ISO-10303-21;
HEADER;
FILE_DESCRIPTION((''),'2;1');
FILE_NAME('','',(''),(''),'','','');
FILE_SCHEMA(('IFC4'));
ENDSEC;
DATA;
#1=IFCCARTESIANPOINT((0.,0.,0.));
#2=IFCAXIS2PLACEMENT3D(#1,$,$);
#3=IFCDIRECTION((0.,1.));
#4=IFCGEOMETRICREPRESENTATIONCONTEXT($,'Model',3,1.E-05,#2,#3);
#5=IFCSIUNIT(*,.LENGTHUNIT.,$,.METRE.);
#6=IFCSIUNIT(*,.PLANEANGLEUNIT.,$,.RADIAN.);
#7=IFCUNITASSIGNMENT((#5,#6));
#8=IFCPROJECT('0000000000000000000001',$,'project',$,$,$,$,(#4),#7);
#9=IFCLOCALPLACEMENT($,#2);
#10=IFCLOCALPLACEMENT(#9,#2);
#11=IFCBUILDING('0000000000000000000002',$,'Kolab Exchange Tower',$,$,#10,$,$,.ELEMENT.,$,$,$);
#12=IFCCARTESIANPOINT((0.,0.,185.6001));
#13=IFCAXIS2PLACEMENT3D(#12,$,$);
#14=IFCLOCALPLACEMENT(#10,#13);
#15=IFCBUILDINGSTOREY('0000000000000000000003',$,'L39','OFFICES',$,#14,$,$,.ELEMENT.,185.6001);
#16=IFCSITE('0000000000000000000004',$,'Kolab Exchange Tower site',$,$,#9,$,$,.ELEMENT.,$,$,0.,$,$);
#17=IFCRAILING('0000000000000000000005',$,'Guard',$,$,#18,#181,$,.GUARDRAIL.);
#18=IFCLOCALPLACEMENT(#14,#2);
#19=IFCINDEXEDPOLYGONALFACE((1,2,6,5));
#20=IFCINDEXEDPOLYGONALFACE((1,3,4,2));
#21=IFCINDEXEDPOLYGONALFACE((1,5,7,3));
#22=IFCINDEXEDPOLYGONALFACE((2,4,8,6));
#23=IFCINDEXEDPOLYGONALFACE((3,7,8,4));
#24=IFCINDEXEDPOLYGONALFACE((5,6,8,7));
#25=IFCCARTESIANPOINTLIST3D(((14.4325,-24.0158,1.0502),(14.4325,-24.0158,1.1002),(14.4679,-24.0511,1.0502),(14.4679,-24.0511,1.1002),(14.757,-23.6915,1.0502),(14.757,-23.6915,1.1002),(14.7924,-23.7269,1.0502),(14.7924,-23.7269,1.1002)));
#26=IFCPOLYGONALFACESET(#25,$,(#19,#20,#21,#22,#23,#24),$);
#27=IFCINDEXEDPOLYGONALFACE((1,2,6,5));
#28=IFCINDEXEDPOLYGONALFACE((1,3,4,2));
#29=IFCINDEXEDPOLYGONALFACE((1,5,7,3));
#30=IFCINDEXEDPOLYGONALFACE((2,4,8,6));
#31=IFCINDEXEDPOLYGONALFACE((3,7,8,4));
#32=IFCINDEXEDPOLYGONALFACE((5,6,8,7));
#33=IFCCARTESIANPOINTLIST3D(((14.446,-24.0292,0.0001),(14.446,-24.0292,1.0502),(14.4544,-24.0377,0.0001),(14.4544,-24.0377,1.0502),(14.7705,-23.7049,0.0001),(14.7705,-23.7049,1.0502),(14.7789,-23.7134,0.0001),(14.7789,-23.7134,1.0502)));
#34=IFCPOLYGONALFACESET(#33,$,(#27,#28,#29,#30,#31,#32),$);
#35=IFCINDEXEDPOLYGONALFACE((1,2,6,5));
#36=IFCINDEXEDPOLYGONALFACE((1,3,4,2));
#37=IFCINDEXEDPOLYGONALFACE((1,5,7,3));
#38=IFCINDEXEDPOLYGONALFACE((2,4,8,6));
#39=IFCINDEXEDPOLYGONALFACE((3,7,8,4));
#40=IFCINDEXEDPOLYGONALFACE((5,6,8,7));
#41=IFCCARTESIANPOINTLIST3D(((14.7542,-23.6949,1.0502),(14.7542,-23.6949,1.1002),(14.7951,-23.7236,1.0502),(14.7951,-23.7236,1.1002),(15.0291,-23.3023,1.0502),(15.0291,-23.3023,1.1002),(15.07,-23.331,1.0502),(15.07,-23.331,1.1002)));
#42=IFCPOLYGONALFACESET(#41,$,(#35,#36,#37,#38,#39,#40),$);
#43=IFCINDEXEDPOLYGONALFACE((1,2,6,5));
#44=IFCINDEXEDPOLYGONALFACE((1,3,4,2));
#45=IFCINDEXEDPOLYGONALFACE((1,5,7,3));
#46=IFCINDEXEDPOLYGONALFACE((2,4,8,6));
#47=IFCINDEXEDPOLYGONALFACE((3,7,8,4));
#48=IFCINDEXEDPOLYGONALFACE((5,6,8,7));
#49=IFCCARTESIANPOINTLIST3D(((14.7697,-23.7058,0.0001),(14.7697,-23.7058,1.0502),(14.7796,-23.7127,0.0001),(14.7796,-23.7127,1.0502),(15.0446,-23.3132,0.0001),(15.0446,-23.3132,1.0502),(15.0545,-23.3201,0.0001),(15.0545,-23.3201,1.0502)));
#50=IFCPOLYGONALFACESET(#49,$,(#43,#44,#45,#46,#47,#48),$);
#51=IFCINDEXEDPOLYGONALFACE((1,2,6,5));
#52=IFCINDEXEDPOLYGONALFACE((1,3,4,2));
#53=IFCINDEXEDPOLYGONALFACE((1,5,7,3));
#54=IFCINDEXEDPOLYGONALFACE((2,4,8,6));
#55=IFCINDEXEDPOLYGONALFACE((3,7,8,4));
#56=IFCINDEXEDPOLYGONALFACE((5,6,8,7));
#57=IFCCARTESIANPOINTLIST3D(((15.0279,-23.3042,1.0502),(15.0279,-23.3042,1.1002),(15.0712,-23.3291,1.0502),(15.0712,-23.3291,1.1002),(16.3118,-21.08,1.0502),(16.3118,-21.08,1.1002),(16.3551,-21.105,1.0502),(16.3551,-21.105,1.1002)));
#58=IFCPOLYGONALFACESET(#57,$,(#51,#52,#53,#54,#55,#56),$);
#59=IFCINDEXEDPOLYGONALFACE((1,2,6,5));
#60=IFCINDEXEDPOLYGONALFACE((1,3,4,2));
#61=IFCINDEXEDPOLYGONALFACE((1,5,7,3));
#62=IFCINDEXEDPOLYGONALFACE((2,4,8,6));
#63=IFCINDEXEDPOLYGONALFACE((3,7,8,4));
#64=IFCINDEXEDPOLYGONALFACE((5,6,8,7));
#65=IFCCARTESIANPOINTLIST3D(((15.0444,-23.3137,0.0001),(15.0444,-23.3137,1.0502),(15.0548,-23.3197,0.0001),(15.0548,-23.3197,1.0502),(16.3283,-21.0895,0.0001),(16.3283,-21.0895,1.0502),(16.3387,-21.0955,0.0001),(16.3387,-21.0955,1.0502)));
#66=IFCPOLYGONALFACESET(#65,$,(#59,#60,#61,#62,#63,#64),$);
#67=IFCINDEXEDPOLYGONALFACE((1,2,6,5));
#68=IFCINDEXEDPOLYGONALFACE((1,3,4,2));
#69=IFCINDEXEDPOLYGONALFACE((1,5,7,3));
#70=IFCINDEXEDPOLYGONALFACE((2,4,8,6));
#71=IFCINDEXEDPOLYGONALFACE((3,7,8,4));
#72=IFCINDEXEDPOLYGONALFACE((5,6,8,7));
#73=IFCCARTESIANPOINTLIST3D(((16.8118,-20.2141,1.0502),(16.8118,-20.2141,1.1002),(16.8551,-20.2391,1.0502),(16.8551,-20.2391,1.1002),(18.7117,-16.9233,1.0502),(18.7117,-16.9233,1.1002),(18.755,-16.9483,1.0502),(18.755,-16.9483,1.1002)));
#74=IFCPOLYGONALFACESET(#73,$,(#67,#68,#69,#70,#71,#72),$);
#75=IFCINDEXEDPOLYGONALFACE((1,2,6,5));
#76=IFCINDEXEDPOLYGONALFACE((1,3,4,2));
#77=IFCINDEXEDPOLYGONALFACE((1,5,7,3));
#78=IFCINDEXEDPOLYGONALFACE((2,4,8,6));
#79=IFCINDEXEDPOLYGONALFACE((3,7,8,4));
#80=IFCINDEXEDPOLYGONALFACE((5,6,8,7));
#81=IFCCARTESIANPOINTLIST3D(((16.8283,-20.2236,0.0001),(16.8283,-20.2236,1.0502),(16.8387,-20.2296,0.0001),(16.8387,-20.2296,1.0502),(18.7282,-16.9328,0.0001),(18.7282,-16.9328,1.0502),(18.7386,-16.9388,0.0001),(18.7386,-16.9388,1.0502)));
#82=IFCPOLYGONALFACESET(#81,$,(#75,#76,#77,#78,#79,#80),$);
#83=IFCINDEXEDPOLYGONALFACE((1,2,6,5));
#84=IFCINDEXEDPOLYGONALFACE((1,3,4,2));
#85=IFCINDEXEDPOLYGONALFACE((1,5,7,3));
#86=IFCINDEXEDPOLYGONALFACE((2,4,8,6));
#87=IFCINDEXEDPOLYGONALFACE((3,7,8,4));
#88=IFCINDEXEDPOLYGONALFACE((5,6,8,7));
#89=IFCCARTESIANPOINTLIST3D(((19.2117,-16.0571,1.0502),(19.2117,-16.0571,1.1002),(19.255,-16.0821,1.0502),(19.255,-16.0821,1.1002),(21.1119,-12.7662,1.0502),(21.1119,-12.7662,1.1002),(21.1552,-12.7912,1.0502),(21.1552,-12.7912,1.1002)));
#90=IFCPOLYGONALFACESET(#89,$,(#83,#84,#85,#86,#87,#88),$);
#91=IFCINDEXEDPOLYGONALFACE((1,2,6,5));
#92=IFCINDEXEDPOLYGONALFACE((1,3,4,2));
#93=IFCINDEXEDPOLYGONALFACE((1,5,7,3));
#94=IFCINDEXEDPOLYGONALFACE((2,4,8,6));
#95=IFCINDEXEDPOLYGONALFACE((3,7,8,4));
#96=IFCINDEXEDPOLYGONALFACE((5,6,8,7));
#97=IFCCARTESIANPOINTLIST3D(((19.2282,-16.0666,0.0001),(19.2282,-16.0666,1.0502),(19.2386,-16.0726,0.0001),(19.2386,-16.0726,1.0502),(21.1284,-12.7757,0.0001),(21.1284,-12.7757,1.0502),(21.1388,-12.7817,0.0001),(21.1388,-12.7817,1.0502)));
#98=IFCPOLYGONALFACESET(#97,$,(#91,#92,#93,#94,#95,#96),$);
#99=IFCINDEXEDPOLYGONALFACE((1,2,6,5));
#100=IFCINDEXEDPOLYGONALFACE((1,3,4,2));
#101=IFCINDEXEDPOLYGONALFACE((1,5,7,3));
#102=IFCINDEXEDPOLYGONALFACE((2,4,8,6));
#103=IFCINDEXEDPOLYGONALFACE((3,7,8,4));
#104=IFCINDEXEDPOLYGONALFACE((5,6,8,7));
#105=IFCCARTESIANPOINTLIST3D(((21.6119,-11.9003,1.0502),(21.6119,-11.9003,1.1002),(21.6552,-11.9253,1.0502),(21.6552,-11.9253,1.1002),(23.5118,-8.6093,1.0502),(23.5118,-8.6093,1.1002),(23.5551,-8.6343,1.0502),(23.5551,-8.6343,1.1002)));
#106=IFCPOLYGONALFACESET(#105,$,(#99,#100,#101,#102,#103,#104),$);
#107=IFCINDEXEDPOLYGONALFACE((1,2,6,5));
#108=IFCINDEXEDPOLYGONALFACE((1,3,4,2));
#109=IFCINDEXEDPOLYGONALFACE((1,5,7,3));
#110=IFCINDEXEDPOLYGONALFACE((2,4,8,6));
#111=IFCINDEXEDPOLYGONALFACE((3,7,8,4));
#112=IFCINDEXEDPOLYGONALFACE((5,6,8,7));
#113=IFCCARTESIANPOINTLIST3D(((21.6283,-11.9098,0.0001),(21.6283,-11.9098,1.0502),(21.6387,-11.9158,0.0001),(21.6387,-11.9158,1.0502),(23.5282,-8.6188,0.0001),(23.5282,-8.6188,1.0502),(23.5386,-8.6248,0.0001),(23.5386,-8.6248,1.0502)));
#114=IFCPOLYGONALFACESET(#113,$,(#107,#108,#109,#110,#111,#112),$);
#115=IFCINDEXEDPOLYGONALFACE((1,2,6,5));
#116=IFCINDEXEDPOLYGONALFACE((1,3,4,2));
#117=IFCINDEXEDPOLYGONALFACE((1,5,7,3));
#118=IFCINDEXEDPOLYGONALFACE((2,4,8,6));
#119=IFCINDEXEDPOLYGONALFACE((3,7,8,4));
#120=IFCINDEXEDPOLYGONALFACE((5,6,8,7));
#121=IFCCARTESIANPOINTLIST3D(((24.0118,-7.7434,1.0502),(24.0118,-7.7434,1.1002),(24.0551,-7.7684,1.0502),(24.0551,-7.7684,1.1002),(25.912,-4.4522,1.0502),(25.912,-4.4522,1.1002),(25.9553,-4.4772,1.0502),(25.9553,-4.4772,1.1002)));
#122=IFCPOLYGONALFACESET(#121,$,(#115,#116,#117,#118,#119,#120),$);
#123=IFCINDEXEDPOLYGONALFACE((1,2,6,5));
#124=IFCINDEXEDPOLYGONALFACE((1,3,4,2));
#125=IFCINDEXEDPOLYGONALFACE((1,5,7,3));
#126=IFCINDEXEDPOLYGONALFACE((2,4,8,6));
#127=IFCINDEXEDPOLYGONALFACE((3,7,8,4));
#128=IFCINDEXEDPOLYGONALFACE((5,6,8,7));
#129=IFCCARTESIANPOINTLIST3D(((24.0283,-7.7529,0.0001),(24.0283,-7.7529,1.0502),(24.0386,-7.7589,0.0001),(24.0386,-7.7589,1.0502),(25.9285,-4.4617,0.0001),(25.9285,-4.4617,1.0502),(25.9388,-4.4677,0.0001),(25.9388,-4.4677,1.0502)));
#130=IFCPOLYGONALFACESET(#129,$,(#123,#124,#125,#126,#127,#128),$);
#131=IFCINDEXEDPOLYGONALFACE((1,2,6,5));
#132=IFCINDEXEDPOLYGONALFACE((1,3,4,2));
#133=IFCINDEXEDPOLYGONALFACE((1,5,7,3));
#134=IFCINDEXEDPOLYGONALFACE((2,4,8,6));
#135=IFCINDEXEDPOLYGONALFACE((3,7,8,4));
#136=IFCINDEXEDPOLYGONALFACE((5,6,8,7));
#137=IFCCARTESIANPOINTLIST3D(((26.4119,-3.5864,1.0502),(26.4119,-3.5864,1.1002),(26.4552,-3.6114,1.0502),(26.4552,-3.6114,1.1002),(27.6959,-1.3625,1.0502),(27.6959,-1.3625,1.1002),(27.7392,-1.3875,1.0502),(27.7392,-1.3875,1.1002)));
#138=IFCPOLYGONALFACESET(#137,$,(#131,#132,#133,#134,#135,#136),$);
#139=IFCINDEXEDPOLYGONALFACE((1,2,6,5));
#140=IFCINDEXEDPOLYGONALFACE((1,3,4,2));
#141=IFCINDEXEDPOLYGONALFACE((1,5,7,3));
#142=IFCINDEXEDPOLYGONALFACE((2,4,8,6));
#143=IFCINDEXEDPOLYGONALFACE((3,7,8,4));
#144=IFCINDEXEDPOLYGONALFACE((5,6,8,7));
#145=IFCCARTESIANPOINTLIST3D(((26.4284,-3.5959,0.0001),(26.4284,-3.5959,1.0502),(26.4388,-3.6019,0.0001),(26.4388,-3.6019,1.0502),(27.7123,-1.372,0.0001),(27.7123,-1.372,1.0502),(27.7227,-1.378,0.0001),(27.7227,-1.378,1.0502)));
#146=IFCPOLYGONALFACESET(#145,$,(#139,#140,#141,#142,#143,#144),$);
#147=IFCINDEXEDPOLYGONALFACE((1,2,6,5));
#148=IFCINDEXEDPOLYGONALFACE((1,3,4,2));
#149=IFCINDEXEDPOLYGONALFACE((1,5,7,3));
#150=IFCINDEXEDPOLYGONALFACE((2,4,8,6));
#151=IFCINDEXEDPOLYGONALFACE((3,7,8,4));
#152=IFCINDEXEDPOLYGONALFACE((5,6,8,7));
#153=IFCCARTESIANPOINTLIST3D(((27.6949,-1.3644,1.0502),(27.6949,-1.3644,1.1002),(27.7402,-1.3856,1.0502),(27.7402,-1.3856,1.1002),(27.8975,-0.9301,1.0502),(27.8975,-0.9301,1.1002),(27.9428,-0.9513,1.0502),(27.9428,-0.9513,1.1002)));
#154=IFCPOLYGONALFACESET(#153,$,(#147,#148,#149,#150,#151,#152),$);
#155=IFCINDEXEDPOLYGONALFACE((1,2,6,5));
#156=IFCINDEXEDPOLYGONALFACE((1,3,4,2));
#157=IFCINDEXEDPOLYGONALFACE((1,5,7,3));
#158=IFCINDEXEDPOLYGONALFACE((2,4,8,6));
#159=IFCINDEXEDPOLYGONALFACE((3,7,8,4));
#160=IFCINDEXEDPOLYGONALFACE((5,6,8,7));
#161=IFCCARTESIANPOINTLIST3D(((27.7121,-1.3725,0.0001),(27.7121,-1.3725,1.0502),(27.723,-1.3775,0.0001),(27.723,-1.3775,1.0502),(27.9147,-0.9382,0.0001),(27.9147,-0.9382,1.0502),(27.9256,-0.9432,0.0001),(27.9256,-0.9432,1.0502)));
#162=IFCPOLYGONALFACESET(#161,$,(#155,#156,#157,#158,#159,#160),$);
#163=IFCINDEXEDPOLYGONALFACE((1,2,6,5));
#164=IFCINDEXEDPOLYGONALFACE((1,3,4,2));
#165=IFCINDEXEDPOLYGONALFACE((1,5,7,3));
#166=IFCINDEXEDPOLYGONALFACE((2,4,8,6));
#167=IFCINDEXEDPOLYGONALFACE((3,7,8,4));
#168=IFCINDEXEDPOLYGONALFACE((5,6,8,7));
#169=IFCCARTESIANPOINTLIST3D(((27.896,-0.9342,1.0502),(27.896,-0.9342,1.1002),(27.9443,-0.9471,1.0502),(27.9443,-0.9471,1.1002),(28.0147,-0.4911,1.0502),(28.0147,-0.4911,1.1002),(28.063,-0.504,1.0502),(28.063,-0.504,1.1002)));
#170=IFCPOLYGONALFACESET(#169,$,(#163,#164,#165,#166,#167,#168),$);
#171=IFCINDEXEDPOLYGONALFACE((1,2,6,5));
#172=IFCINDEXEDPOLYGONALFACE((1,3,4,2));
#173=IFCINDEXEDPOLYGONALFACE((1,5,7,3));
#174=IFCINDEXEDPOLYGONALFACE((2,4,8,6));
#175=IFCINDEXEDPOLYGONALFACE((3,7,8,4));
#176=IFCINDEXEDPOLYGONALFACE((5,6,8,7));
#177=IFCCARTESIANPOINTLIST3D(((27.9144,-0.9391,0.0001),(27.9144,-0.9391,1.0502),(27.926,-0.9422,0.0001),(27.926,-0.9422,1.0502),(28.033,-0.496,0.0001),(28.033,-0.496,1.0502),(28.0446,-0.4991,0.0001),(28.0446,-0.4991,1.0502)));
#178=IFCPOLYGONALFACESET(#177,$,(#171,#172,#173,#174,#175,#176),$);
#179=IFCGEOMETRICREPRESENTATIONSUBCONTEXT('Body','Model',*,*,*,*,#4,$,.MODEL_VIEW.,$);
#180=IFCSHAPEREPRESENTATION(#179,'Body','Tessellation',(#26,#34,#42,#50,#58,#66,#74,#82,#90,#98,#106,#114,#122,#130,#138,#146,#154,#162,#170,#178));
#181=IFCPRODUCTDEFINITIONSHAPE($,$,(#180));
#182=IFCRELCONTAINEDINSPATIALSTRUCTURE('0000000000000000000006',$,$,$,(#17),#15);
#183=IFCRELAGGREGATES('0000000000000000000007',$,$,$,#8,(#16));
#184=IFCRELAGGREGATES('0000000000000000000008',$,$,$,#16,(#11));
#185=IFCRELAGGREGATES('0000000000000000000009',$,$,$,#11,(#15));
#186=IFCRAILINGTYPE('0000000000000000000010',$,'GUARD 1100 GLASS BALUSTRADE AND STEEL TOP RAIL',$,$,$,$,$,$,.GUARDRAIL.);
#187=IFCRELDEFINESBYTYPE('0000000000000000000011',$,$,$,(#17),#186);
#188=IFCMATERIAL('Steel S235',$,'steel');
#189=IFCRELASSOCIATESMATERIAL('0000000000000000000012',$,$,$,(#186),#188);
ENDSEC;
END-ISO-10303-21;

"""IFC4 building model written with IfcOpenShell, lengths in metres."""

from ifc_helpers import new_model, si_unit, direction, frame, frame_2d, origin, origin_2d, place, context, subcontext, project, spatial, rectangle, extrude, material, type_object, element, save


model = new_model("IFC4")

# Units and contexts
model_context = context("Model", 3, precision=1e-05, world=origin(), true_north=direction((0.0, 1.0)))
body_context = subcontext(model_context, "Body", "Model", "MODEL_VIEW")
ifc_project = project(units=[si_unit("LENGTHUNIT", "METRE"), si_unit("PLANEANGLEUNIT", "RADIAN")], contexts=[model_context])

# Site, building, storey
site_placement = place(None, origin())
site = spatial("IfcSite", under=ifc_project, at=site_placement, Name="Kolab Exchange Tower site", CompositionType="ELEMENT", RefElevation=0.0)
building_placement = place(site_placement, origin())
building = spatial("IfcBuilding", under=site, at=building_placement, Name="Kolab Exchange Tower", CompositionType="ELEMENT")
storey_placement = place(building_placement, frame((0.0, 0.0, 185.6001)))
storey = spatial("IfcBuildingStorey", under=building, at=storey_placement, Name="L39", Description="OFFICES", CompositionType="ELEMENT", Elevation=185.6001)

# Railing
ifc_material_1 = material(Name="Steel S235", Category="steel")
railing_type = type_object("IfcRailingType", Name="GUARD 1100 GLASS BALUSTRADE AND STEEL TOP RAIL", PredefinedType="GUARDRAIL", material=ifc_material_1)
railing_placement = place(storey_placement, frame((14.4502, -24.0334, 0.0)))
element("IfcRailing", 1, at=railing_placement, inside=storey, type_object=railing_type, Name="Guard", PredefinedType="GUARDRAIL", context=body_context, shape_type="SweptSolid", body=[
    extrude(rectangle(XDim=0.05, YDim=0.05, at=origin_2d()), frame((0.0, 0.0, 1.0752), z_axis=(0.707373, 0.706841, 0.0), x_axis=(-0.706841, 0.707373, 0.0)), (0.0, 0.0, 1.0), 0.4587),
    extrude(rectangle(XDim=0.012, YDim=1.0501, at=frame_2d((0.0, 0.5251))), frame((0.0, 0.0, 0.0), z_axis=(0.707373, 0.706841, 0.0), x_axis=(-0.706841, 0.707373, 0.0)), (0.0, 0.0, 1.0), 0.4587),
    extrude(rectangle(XDim=0.05, YDim=0.05, at=origin_2d()), frame((0.3245, 0.3242, 1.0752), z_axis=(0.573599, 0.819136, 0.0), x_axis=(-0.819136, 0.573599, 0.0)), (0.0, 0.0, 1.0), 0.4792),
    extrude(rectangle(XDim=0.012, YDim=1.0501, at=frame_2d((0.0, 0.5251))), frame((0.3245, 0.3242, 0.0), z_axis=(0.573599, 0.819136, 0.0), x_axis=(-0.819136, 0.573599, 0.0)), (0.0, 0.0, 1.0), 0.4792),
    extrude(rectangle(XDim=0.05, YDim=0.05, at=origin_2d()), frame((0.5994, 0.7168, 1.0752), z_axis=(0.499953, 0.866053, 0.0), x_axis=(-0.866053, 0.499953, 0.0)), (0.0, 0.0, 1.0), 2.5681),
    extrude(rectangle(XDim=0.012, YDim=1.0501, at=frame_2d((0.0, 0.5251))), frame((0.5994, 0.7168, 0.0), z_axis=(0.499953, 0.866053, 0.0), x_axis=(-0.866053, 0.499953, 0.0)), (0.0, 0.0, 1.0), 2.5681),
    extrude(rectangle(XDim=0.05, YDim=0.05, at=origin_2d()), frame((2.3833, 3.8069, 1.0752), z_axis=(0.499995, 0.866028, 0.0), x_axis=(-0.866028, 0.499995, 0.0)), (0.0, 0.0, 1.0), 3.7998),
    extrude(rectangle(XDim=0.012, YDim=1.0501, at=frame_2d((0.0, 0.5251))), frame((2.3833, 3.8069, 0.0), z_axis=(0.499995, 0.866028, 0.0), x_axis=(-0.866028, 0.499995, 0.0)), (0.0, 0.0, 1.0), 3.7998),
    extrude(rectangle(XDim=0.05, YDim=0.05, at=origin_2d()), frame((4.7832, 7.9639, 1.0752), z_axis=(0.500043, 0.866, 0.0), x_axis=(-0.866, 0.500043, 0.0)), (0.0, 0.0, 1.0), 3.8),
    extrude(rectangle(XDim=0.012, YDim=1.0501, at=frame_2d((0.0, 0.5251))), frame((4.7832, 7.9639, 0.0), z_axis=(0.500043, 0.866, 0.0), x_axis=(-0.866, 0.500043, 0.0)), (0.0, 0.0, 1.0), 3.8),
    extrude(rectangle(XDim=0.05, YDim=0.05, at=origin_2d()), frame((7.1833, 12.1206, 1.0752), z_axis=(0.499967, 0.866044, 0.0), x_axis=(-0.866044, 0.499967, 0.0)), (0.0, 0.0, 1.0), 3.8),
    extrude(rectangle(XDim=0.012, YDim=1.0501, at=frame_2d((0.0, 0.5251))), frame((7.1833, 12.1206, 0.0), z_axis=(0.499967, 0.866044, 0.0), x_axis=(-0.866044, 0.499967, 0.0)), (0.0, 0.0, 1.0), 3.8),
    extrude(rectangle(XDim=0.05, YDim=0.05, at=origin_2d()), frame((9.5833, 16.2776, 1.0752), z_axis=(0.500015, 0.866017, 0.0), x_axis=(-0.866017, 0.500015, 0.0)), (0.0, 0.0, 1.0), 3.8003),
    extrude(rectangle(XDim=0.012, YDim=1.0501, at=frame_2d((0.0, 0.5251))), frame((9.5833, 16.2776, 0.0), z_axis=(0.500015, 0.866017, 0.0), x_axis=(-0.866017, 0.500015, 0.0)), (0.0, 0.0, 1.0), 3.8003),
    extrude(rectangle(XDim=0.05, YDim=0.05, at=origin_2d()), frame((11.9834, 20.4346, 1.0752), z_axis=(0.499994, 0.866029, 0.0), x_axis=(-0.866029, 0.499994, 0.0)), (0.0, 0.0, 1.0), 2.5679),
    extrude(rectangle(XDim=0.012, YDim=1.0501, at=frame_2d((0.0, 0.5251))), frame((11.9834, 20.4346, 0.0), z_axis=(0.499994, 0.866029, 0.0), x_axis=(-0.866029, 0.499994, 0.0)), (0.0, 0.0, 1.0), 2.5679),
    extrude(rectangle(XDim=0.05, YDim=0.05, at=origin_2d()), frame((13.2673, 22.6584, 1.0752), z_axis=(0.422802, 0.906222, 0.0), x_axis=(-0.906222, 0.422802, 0.0)), (0.0, 0.0, 1.0), 0.4792),
    extrude(rectangle(XDim=0.012, YDim=1.0501, at=frame_2d((0.0, 0.5251))), frame((13.2673, 22.6584, 0.0), z_axis=(0.422802, 0.906222, 0.0), x_axis=(-0.906222, 0.422802, 0.0)), (0.0, 0.0, 1.0), 0.4792),
    extrude(rectangle(XDim=0.05, YDim=0.05, at=origin_2d()), frame((13.47, 23.0928, 1.0752), z_axis=(0.258656, 0.965969, 0.0), x_axis=(-0.965969, 0.258656, 0.0)), (0.0, 0.0, 1.0), 0.4587),
    extrude(rectangle(XDim=0.012, YDim=1.0501, at=frame_2d((0.0, 0.5251))), frame((13.47, 23.0928, 0.0), z_axis=(0.258656, 0.965969, 0.0), x_axis=(-0.965969, 0.258656, 0.0)), (0.0, 0.0, 1.0), 0.4587),
])

save(model, "model.ifc")
